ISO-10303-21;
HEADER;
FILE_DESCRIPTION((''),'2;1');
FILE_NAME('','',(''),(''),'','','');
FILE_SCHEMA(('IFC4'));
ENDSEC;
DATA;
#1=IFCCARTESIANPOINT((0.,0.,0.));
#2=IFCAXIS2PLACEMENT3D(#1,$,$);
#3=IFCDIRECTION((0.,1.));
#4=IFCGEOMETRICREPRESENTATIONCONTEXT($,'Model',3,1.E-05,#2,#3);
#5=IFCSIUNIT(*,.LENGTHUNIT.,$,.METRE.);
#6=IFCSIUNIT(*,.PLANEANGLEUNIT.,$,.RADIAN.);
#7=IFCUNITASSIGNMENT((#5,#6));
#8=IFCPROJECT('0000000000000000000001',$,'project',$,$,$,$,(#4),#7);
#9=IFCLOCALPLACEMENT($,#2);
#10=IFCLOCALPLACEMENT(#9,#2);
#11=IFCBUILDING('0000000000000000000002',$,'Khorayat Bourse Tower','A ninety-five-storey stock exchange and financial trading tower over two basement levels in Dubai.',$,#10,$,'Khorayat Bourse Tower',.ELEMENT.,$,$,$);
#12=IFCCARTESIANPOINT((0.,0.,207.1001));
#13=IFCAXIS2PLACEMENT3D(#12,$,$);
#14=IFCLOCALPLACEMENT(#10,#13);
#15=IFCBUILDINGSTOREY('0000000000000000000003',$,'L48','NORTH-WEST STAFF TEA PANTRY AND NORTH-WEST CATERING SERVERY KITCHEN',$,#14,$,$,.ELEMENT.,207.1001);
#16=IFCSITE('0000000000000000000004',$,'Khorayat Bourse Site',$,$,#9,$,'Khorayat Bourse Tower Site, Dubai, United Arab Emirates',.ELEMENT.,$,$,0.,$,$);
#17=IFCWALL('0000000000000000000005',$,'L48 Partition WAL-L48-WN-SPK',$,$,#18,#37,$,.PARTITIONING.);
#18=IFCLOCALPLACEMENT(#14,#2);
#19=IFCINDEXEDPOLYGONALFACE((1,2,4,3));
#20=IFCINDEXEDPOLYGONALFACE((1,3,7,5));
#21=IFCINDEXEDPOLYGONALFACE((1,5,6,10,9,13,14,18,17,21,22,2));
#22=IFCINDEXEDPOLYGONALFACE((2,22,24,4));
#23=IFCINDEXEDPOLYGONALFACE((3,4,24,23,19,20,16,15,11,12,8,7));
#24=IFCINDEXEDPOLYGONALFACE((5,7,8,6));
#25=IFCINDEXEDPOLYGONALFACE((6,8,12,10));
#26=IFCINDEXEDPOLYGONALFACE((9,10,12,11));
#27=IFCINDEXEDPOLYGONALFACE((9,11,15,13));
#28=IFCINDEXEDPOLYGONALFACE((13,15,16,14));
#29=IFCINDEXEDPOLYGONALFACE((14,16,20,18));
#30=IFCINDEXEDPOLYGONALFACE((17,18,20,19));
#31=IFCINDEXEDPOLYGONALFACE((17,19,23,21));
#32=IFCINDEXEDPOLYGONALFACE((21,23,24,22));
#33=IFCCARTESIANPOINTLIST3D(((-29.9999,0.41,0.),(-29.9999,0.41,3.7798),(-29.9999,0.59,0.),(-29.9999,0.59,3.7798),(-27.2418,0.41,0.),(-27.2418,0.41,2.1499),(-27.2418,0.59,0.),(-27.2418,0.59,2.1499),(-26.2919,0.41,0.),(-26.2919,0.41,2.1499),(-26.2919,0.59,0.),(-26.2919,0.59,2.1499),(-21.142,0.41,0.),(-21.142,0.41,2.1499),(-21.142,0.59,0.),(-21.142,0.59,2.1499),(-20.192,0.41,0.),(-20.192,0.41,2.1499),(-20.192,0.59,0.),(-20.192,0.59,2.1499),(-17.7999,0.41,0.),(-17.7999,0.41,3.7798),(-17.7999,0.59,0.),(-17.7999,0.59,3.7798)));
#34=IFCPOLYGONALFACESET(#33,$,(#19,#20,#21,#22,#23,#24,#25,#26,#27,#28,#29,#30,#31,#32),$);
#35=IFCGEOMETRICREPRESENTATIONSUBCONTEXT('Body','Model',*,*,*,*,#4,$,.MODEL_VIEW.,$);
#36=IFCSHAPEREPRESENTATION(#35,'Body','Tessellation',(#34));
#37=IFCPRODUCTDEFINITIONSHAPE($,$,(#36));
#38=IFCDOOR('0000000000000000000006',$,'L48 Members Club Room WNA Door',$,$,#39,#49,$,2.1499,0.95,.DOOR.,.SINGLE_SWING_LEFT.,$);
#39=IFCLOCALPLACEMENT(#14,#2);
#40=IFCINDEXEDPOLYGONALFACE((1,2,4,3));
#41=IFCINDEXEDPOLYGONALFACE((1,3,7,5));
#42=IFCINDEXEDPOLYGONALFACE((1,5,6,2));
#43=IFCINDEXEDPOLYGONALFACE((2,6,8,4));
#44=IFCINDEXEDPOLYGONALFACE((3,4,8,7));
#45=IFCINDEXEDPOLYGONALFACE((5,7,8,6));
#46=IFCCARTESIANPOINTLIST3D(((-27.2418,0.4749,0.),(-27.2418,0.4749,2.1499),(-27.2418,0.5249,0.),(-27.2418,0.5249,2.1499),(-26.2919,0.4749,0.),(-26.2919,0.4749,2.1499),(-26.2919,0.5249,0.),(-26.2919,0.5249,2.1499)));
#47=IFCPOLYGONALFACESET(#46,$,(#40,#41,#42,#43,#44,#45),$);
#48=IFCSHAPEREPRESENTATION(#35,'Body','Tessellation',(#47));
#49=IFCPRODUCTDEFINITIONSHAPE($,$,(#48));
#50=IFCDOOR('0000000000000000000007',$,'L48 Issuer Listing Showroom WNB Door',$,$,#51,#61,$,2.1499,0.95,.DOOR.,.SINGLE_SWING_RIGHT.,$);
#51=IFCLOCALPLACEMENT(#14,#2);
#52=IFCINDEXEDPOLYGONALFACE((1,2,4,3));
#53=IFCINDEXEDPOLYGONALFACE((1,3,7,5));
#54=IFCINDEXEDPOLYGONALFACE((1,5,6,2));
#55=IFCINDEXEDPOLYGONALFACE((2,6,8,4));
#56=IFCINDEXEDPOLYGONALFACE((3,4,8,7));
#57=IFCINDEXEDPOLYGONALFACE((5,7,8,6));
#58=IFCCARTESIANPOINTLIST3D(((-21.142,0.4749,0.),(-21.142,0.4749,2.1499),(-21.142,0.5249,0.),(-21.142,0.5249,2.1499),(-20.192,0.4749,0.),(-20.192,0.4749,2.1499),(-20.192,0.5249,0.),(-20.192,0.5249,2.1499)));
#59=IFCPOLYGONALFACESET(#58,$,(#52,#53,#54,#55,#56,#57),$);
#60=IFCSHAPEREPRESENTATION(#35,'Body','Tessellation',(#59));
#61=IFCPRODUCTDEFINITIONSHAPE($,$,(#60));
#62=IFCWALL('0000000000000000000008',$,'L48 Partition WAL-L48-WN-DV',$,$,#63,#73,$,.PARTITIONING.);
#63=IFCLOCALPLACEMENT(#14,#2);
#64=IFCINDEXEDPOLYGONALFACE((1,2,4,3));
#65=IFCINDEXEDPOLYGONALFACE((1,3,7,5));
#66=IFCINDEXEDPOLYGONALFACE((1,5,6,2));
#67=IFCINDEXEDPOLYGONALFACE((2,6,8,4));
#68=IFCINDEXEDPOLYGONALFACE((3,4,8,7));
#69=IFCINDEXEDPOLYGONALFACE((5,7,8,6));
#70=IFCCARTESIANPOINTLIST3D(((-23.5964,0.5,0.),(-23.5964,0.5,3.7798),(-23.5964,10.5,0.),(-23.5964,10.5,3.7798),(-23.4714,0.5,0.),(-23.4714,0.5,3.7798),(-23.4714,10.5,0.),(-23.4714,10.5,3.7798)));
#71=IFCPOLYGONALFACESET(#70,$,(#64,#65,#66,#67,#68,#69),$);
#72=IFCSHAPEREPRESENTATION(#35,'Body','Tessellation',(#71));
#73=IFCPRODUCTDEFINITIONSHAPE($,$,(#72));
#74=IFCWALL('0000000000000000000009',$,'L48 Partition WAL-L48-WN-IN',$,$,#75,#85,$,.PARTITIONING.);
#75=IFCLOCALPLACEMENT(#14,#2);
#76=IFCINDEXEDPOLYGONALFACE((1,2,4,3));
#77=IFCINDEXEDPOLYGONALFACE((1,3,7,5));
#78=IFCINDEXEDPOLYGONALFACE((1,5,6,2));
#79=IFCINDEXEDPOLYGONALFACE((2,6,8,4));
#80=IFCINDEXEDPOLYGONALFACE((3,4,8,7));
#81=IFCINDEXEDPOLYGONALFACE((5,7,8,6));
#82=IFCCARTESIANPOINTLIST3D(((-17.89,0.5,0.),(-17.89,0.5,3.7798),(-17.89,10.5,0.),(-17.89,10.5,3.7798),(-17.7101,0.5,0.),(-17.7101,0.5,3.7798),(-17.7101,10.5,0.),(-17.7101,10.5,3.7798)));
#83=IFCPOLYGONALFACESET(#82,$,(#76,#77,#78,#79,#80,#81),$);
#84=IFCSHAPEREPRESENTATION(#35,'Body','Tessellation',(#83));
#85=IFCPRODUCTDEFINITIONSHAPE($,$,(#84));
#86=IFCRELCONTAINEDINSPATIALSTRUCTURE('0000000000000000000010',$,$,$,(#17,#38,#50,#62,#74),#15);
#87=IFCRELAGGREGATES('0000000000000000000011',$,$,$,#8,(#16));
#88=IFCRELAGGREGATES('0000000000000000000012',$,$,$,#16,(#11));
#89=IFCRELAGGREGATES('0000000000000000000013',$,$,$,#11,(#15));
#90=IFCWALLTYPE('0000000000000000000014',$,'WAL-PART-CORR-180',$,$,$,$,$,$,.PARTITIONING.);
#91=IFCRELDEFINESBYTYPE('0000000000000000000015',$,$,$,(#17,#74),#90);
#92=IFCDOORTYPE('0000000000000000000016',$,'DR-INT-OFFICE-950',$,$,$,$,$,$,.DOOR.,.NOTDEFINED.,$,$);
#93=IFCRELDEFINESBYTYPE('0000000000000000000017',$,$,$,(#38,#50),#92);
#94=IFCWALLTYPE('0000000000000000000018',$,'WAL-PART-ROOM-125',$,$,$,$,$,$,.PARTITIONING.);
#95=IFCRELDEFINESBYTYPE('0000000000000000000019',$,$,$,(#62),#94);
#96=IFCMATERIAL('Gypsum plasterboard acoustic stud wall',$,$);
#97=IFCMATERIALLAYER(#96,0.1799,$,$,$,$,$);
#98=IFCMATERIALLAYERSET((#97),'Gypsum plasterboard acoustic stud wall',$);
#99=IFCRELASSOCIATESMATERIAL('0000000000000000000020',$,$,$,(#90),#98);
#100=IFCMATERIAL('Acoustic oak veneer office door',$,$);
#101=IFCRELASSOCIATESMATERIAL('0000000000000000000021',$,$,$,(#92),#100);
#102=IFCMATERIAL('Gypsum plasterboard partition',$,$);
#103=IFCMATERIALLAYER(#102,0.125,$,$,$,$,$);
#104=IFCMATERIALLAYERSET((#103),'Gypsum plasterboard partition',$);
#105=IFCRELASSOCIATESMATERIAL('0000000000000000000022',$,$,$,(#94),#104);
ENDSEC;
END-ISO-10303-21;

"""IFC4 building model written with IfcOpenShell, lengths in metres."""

from ifc_helpers import new_model, si_unit, direction, frame, frame_2d, origin, place, context, subcontext, project, spatial, rectangle, extrude, source, transform, mapped, material, layer, layer_set, type_object, element, fill, save


model = new_model("IFC4")

# Units and contexts
model_context = context("Model", 3, precision=1e-05, world=origin(), true_north=direction((0.0, 1.0)))
body_context = subcontext(model_context, "Body", "Model", "MODEL_VIEW")
ifc_project = project(units=[si_unit("LENGTHUNIT", "METRE"), si_unit("PLANEANGLEUNIT", "RADIAN")], contexts=[model_context])

# Site, building, storey
site_placement = place(None, origin())
site = spatial("IfcSite", under=ifc_project, at=site_placement, Name="Khorayat Bourse Site", LongName="Khorayat Bourse Tower Site, Dubai, United Arab Emirates", CompositionType="ELEMENT", RefElevation=0.0)
building_placement = place(site_placement, origin())
building = spatial("IfcBuilding", under=site, at=building_placement, Name="Khorayat Bourse Tower", Description="A ninety-five-storey stock exchange and financial trading tower over two basement levels in Dubai.", LongName="Khorayat Bourse Tower", CompositionType="ELEMENT")
storey_placement = place(building_placement, frame((0.0, 0.0, 207.1001)))
storey = spatial("IfcBuildingStorey", under=building, at=storey_placement, Name="L48", Description="NORTH-WEST STAFF TEA PANTRY AND NORTH-WEST CATERING SERVERY KITCHEN", CompositionType="ELEMENT", Elevation=207.1001)

# Shared definitions
ifc_material_1 = material(Name="Gypsum plasterboard acoustic stud wall")
ifc_layer_1 = layer(ifc_material_1, 0.1799)
ifc_layer_set_1 = layer_set([ifc_layer_1], Name="Gypsum plasterboard acoustic stud wall")
wall_type_1 = type_object("IfcWallType", Name="WAL-PART-CORR-180", PredefinedType="PARTITIONING", material=ifc_layer_set_1)

# Wall, openings, doors
shared_shape_1 = source(origin(), body_context, "Body", "SweptSolid", [
    extrude(rectangle(XDim=12.2, YDim=0.1799, at=frame_2d((6.1001, 0.0))), origin(), (0.0, 0.0, 1.0), 3.7798),
])
wall_1_placement = place(storey_placement, frame((-30.0, 0.5, 0.0), z_axis=(0.0, 0.0, 1.0), x_axis=(1.0, 0.0, 0.0)))
wall_1 = element("IfcWall", 1, at=wall_1_placement, inside=storey, type_object=wall_type_1, Name="L48 Partition WAL-L48-WN-SPK", PredefinedType="PARTITIONING", context=body_context, shape_type="MappedRepresentation", body=[
    mapped(shared_shape_1, transform((0.0, 0.0, 0.0), scale=1.0)),
])
shared_shape_2 = source(origin(), body_context, "Body", "SweptSolid", [
    extrude(rectangle(XDim=0.95, YDim=2.1499, at=frame_2d((0.4751, 1.075))), frame((0.0, 0.0999, 0.0), z_axis=(0.0, -1.0, 0.0), x_axis=(1.0, 0.0, 0.0)), (0.0, 0.0, 1.0), 0.2),
])
opening_1_placement = place(wall_1_placement, frame((2.7581, 0.0, 0.0)))
opening_1 = element("IfcOpeningElement", 2, at=opening_1_placement, cuts=wall_1, PredefinedType="OPENING", context=body_context, shape_type="MappedRepresentation", body=[
    mapped(shared_shape_2, transform((0.0, 0.0, 0.0), scale=1.0)),
])
opening_2_placement = place(wall_1_placement, frame((8.8579, 0.0, 0.0)))
opening_2 = element("IfcOpeningElement", 3, at=opening_2_placement, cuts=wall_1, PredefinedType="OPENING", context=body_context, shape_type="MappedRepresentation", body=[
    mapped(shared_shape_2, transform((0.0, 0.0, 0.0), scale=1.0)),
])
ifc_material_2 = material(Name="Acoustic oak veneer office door")
door_type = type_object("IfcDoorType", Name="DR-INT-OFFICE-950", OperationType="NOTDEFINED", PredefinedType="DOOR", material=ifc_material_2)
shared_shape_3 = source(origin(), body_context, "Body", "SweptSolid", [
    extrude(rectangle(XDim=0.95, YDim=2.1499, at=frame_2d((0.4751, 1.075))), frame((0.0, 0.0249, 0.0), z_axis=(0.0, -1.0, 0.0), x_axis=(1.0, 0.0, 0.0)), (0.0, 0.0, 1.0), 0.05),
])
door_1_placement = place(opening_1_placement, origin())
door_1 = element("IfcDoor", 4, at=door_1_placement, inside=storey, type_object=door_type, Name="L48 Members Club Room WNA Door", OperationType="SINGLE_SWING_LEFT", OverallHeight=2.1499, OverallWidth=0.95, PredefinedType="DOOR", context=body_context, shape_type="MappedRepresentation", body=[
    mapped(shared_shape_3, transform((0.0, 0.0, 0.0), scale=1.0)),
])
fill(opening_1, door_1)
door_2_placement = place(opening_2_placement, origin())
door_2 = element("IfcDoor", 5, at=door_2_placement, inside=storey, type_object=door_type, Name="L48 Issuer Listing Showroom WNB Door", OperationType="SINGLE_SWING_RIGHT", OverallHeight=2.1499, OverallWidth=0.95, PredefinedType="DOOR", context=body_context, shape_type="MappedRepresentation", body=[
    mapped(shared_shape_3, transform((0.0, 0.0, 0.0), scale=1.0)),
])
fill(opening_2, door_2)

# Walls
ifc_material_3 = material(Name="Gypsum plasterboard partition")
ifc_layer_2 = layer(ifc_material_3, 0.125)
ifc_layer_set_2 = layer_set([ifc_layer_2], Name="Gypsum plasterboard partition")
wall_type_2 = type_object("IfcWallType", Name="WAL-PART-ROOM-125", PredefinedType="PARTITIONING", material=ifc_layer_set_2)
shared_shape_4 = source(origin(), body_context, "Body", "SweptSolid", [
    extrude(rectangle(XDim=10.0, YDim=0.125, at=frame_2d((5.0, 0.0))), origin(), (0.0, 0.0, 1.0), 3.7798),
])
wall_2_placement = place(storey_placement, frame((-23.5339, 0.5, 0.0), z_axis=(0.0, 0.0, 1.0), x_axis=(0.0, 1.0, 0.0)))
element("IfcWall", 6, at=wall_2_placement, inside=storey, type_object=wall_type_2, Name="L48 Partition WAL-L48-WN-DV", PredefinedType="PARTITIONING", context=body_context, shape_type="MappedRepresentation", body=[
    mapped(shared_shape_4, transform((0.0, 0.0, 0.0), scale=1.0)),
])
shared_shape_5 = source(origin(), body_context, "Body", "SweptSolid", [
    extrude(rectangle(XDim=10.0, YDim=0.1799, at=frame_2d((5.0, 0.0))), origin(), (0.0, 0.0, 1.0), 3.7798),
])
wall_3_placement = place(storey_placement, frame((-17.8, 0.5, 0.0), z_axis=(0.0, 0.0, 1.0), x_axis=(0.0, 1.0, 0.0)))
element("IfcWall", 7, at=wall_3_placement, inside=storey, type_object=wall_type_1, Name="L48 Partition WAL-L48-WN-IN", PredefinedType="PARTITIONING", context=body_context, shape_type="MappedRepresentation", body=[
    mapped(shared_shape_5, transform((0.0, 0.0, 0.0), scale=1.0)),
])

save(model, "model.ifc")
